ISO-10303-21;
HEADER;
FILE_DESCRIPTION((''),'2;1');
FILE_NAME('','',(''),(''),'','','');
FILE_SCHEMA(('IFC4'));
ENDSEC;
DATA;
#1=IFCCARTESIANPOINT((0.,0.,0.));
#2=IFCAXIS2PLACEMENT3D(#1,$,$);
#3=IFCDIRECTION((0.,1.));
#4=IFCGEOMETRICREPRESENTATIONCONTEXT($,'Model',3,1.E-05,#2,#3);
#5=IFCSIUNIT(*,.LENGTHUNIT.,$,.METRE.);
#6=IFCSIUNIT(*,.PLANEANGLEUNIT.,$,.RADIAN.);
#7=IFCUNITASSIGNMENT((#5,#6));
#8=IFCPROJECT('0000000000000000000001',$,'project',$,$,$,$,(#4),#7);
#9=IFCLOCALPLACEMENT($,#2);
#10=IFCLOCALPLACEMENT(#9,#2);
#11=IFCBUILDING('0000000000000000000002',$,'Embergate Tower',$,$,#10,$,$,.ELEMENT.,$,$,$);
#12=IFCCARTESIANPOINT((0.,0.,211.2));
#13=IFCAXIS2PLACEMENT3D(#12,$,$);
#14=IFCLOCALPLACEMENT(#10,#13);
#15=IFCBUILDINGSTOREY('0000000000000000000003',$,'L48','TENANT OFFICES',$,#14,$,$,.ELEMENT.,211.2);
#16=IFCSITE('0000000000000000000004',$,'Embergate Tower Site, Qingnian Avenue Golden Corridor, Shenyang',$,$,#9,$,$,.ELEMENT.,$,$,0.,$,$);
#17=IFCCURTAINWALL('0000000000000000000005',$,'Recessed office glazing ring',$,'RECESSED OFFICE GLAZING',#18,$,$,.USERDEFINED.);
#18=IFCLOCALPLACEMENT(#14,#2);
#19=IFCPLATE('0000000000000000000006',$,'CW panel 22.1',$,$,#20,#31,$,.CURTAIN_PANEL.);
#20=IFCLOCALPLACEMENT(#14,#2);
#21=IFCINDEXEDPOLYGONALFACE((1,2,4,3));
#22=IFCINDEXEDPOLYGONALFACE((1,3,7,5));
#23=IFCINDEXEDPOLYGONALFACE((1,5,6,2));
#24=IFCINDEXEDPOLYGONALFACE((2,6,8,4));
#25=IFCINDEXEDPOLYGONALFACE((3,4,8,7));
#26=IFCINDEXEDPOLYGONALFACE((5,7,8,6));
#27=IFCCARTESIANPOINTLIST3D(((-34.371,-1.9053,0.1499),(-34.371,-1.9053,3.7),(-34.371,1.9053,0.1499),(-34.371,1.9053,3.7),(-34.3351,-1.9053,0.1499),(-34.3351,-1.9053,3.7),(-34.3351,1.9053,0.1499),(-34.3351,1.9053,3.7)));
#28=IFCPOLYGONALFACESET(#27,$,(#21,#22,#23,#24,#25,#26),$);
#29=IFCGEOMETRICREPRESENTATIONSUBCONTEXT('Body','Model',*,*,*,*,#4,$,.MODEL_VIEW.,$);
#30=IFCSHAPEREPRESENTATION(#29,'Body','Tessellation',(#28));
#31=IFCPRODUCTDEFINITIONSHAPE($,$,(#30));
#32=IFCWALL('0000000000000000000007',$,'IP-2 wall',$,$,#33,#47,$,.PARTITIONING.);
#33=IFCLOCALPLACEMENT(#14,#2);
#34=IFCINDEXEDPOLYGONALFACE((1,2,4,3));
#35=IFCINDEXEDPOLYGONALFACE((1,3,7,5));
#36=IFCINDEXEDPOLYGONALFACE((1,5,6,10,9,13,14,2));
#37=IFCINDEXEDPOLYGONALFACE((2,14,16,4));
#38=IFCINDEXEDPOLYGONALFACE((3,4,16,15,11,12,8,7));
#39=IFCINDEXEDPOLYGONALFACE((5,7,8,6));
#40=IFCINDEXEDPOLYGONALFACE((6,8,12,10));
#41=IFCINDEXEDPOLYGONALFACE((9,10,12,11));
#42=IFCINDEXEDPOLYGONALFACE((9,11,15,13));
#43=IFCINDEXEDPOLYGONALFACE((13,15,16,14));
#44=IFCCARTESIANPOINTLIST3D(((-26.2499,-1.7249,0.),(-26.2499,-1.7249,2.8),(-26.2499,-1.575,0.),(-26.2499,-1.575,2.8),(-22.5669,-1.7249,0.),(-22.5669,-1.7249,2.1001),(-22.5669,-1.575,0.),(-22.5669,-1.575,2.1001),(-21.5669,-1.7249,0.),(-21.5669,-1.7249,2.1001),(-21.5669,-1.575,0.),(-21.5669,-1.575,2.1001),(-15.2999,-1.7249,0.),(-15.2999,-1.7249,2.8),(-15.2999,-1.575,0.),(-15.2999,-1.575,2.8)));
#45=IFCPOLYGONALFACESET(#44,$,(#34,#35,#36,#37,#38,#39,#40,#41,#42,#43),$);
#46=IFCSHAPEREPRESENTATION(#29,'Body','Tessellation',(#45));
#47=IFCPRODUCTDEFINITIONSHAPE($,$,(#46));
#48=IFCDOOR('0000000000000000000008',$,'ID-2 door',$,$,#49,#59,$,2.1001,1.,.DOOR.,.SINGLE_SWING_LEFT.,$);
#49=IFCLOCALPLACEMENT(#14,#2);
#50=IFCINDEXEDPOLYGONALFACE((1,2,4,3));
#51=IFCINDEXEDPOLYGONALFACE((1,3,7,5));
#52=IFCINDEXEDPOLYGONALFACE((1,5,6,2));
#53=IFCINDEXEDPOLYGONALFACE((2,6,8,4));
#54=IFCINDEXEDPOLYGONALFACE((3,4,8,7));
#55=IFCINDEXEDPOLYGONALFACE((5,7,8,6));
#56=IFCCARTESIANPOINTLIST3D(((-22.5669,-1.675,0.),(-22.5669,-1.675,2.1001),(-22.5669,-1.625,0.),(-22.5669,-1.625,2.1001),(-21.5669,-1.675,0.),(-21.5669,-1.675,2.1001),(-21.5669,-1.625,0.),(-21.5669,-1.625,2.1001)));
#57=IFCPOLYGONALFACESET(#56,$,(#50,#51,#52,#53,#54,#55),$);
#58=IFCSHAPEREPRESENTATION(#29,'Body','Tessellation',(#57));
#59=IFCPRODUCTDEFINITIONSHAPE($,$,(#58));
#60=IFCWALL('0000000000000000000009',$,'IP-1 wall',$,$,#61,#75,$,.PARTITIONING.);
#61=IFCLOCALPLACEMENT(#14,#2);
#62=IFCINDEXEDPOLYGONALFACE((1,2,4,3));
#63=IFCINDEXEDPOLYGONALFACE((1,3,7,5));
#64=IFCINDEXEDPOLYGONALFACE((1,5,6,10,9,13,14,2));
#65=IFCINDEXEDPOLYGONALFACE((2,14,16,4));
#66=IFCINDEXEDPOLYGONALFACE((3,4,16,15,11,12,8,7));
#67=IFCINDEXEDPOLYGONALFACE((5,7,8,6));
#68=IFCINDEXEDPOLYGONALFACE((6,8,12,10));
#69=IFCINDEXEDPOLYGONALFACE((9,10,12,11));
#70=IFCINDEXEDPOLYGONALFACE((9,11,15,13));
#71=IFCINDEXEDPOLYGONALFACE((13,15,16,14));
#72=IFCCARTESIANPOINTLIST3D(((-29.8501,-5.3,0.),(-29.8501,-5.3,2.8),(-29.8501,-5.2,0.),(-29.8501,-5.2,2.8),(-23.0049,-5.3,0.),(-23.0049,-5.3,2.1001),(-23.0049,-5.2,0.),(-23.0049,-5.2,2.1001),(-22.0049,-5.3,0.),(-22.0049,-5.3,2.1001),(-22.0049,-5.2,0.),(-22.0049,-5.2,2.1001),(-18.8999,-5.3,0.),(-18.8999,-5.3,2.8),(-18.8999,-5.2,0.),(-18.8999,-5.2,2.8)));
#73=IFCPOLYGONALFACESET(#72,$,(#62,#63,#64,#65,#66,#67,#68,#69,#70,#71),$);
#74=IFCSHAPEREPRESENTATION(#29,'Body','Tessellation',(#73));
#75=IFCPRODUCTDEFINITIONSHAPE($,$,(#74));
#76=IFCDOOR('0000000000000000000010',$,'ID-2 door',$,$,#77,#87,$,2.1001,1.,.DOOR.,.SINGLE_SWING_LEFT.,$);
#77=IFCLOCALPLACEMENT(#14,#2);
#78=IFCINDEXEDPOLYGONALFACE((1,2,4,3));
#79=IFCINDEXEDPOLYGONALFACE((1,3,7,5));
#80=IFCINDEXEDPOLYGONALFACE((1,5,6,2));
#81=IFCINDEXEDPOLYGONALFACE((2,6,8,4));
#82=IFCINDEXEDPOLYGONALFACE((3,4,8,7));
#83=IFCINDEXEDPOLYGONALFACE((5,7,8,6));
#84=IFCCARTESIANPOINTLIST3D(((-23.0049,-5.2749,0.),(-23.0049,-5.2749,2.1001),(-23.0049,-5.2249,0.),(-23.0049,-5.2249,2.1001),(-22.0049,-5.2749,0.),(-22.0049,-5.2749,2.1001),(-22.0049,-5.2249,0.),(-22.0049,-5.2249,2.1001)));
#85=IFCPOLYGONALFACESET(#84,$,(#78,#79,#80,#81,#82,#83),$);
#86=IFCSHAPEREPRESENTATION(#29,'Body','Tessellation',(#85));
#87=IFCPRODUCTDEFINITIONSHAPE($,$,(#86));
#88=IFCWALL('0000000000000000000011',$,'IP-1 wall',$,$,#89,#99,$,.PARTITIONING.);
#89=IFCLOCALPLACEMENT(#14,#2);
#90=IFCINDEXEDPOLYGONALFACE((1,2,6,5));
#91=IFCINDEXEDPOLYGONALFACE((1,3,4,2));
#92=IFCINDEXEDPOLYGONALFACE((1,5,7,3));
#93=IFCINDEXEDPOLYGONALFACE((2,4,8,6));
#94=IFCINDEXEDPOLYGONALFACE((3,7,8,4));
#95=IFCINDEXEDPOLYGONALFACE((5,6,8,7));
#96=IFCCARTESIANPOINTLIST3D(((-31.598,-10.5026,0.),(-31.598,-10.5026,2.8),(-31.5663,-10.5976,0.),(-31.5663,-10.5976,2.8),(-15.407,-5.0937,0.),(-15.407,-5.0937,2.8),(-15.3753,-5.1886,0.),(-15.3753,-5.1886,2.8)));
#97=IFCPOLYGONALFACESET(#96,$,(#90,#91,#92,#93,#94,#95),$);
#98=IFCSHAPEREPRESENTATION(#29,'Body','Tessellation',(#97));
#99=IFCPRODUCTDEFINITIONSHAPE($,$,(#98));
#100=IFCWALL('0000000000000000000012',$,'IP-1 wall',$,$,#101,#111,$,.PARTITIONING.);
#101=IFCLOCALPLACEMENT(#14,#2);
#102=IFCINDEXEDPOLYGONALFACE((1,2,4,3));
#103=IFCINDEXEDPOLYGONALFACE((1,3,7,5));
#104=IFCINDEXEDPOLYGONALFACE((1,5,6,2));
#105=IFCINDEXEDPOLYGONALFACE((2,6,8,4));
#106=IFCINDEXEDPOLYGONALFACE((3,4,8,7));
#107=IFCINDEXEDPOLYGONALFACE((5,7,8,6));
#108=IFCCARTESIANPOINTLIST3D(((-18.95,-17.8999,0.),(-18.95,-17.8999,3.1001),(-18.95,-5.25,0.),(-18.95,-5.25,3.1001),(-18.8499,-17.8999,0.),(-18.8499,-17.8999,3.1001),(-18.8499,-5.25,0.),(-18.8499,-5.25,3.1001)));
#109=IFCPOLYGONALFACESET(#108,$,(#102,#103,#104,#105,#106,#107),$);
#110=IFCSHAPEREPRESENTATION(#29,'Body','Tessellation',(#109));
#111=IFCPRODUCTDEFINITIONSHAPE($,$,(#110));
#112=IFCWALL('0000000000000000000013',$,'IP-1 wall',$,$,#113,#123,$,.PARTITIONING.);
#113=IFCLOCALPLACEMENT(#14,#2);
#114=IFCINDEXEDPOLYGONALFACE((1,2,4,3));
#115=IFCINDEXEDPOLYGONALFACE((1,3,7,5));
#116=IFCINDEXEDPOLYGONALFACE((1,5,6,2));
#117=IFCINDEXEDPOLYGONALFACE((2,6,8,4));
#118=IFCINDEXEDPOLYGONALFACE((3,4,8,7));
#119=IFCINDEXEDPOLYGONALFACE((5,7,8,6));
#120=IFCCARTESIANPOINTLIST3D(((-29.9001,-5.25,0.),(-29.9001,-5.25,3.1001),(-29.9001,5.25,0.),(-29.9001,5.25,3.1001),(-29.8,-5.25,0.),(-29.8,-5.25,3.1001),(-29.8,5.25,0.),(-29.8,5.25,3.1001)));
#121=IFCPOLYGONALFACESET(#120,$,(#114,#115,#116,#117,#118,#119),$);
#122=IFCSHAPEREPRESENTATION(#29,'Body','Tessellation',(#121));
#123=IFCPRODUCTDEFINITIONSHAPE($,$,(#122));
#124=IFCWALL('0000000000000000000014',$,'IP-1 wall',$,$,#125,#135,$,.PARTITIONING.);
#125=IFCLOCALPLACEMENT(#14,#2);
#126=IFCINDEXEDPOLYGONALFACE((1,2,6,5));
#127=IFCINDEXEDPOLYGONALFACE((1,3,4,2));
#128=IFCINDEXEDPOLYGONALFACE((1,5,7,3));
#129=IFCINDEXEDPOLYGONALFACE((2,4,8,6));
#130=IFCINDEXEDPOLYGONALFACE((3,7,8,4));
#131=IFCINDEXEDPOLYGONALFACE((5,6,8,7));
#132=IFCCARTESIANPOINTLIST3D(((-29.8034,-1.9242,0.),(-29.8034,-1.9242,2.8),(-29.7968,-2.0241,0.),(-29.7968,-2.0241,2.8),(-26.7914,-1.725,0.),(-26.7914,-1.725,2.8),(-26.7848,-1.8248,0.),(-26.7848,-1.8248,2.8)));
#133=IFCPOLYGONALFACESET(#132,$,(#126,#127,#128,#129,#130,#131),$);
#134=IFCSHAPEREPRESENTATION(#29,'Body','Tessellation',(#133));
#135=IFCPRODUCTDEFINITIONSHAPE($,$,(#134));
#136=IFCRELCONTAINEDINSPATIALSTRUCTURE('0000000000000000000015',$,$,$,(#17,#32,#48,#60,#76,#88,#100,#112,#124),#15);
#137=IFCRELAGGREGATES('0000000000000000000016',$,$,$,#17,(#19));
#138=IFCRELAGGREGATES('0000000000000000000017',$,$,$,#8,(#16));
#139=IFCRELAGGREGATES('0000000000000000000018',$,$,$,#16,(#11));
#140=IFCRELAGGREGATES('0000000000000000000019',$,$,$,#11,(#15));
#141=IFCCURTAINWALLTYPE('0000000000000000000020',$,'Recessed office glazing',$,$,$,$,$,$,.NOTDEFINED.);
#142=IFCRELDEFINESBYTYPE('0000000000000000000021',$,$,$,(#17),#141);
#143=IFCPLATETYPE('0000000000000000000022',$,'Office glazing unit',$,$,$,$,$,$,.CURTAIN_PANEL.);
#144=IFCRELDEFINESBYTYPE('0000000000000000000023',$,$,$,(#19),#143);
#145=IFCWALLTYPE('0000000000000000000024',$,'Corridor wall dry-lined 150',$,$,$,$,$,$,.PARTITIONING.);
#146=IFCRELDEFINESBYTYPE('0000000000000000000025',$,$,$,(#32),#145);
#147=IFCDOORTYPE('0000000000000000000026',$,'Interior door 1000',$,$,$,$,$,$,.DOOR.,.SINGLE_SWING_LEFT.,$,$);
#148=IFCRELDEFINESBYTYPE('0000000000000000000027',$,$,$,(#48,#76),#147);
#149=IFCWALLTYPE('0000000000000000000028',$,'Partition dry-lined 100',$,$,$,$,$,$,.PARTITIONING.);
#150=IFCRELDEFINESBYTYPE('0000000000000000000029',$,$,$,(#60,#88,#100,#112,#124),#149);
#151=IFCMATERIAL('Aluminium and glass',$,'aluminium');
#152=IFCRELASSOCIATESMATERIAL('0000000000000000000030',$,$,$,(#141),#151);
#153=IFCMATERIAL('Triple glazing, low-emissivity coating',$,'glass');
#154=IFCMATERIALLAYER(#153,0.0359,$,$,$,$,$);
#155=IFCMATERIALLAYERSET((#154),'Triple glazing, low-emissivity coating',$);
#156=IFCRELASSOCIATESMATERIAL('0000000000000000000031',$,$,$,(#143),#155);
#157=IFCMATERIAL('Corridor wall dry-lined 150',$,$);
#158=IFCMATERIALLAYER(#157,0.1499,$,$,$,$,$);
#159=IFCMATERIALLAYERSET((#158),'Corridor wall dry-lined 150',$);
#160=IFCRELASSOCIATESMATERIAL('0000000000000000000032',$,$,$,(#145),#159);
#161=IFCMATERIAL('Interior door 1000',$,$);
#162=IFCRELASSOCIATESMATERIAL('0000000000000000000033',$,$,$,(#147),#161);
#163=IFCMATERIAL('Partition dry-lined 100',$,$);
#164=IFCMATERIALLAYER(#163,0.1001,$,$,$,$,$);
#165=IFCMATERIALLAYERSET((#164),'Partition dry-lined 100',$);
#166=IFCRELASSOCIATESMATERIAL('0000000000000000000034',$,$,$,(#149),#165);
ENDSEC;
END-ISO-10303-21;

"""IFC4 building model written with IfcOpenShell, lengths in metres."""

from ifc_helpers import new_model, si_unit, direction, frame, frame_2d, origin, origin_2d, place, context, subcontext, project, spatial, rectangle, extrude, source, transform, mapped, material, layer, layer_set, type_object, element, fill, aggregate, save


model = new_model("IFC4")

# Units and contexts
model_context = context("Model", 3, precision=1e-05, world=origin(), true_north=direction((0.0, 1.0)))
body_context = subcontext(model_context, "Body", "Model", "MODEL_VIEW")
ifc_project = project(units=[si_unit("LENGTHUNIT", "METRE"), si_unit("PLANEANGLEUNIT", "RADIAN")], contexts=[model_context])

# Site, building, storey
site_placement = place(None, origin())
site = spatial("IfcSite", under=ifc_project, at=site_placement, Name="Embergate Tower Site, Qingnian Avenue Golden Corridor, Shenyang", CompositionType="ELEMENT", RefElevation=0.0)
building_placement = place(site_placement, origin())
building = spatial("IfcBuilding", under=site, at=building_placement, Name="Embergate Tower", CompositionType="ELEMENT")
storey_placement = place(building_placement, frame((0.0, 0.0, 211.2)))
storey = spatial("IfcBuildingStorey", under=building, at=storey_placement, Name="L48", Description="TENANT OFFICES", CompositionType="ELEMENT", Elevation=211.2)

# Curtain wall, plate
ifc_material_1 = material(Name="Aluminium and glass", Category="aluminium")
curtain_wall_type = type_object("IfcCurtainWallType", Name="Recessed office glazing", PredefinedType="NOTDEFINED", material=ifc_material_1)
curtain_wall_placement = place(storey_placement, origin())
curtain_wall = element("IfcCurtainWall", 1, at=curtain_wall_placement, inside=storey, type_object=curtain_wall_type, Name="Recessed office glazing ring", ObjectType="RECESSED OFFICE GLAZING", PredefinedType="USERDEFINED")
ifc_material_2 = material(Name="Triple glazing, low-emissivity coating", Category="glass")
ifc_layer_1 = layer(ifc_material_2, 0.0359)
ifc_layer_set_1 = layer_set([ifc_layer_1], Name="Triple glazing, low-emissivity coating")
plate_type = type_object("IfcPlateType", Name="Office glazing unit", PredefinedType="CURTAIN_PANEL", material=ifc_layer_set_1)
shared_shape_1 = source(origin(), body_context, "Body", "SweptSolid", [
    extrude(rectangle(XDim=3.8105, YDim=0.0359, at=origin_2d()), origin(), (0.0, 0.0, 1.0), 3.55),
])
plate_1_placement = place(storey_placement, frame((-34.353, 0.0, 0.1499), z_axis=(0.0, 0.0, 1.0), x_axis=(0.0, -1.0, 0.0)))
plate_1 = element("IfcPlate", 2, at=plate_1_placement, type_object=plate_type, Name="CW panel 22.1", PredefinedType="CURTAIN_PANEL", context=body_context, shape_type="MappedRepresentation", body=[
    mapped(shared_shape_1, transform((0.0, 0.0, 0.0))),
])
aggregate(curtain_wall, [plate_1])

# Walls, openings, doors
ifc_material_3 = material(Name="Corridor wall dry-lined 150")
ifc_layer_2 = layer(ifc_material_3, 0.1499)
ifc_layer_set_2 = layer_set([ifc_layer_2], Name="Corridor wall dry-lined 150")
wall_type_1 = type_object("IfcWallType", Name="Corridor wall dry-lined 150", PredefinedType="PARTITIONING", material=ifc_layer_set_2)
shared_shape_2 = source(origin(), body_context, "Body", "SweptSolid", [
    extrude(rectangle(XDim=10.95, YDim=0.1499, at=frame_2d((5.4751, 0.0))), origin(), (0.0, 0.0, 1.0), 2.8),
])
wall_1_placement = place(storey_placement, frame((-26.25, -1.6499, 0.0), z_axis=(0.0, 0.0, 1.0), x_axis=(1.0, 0.0, 0.0)))
wall_1 = element("IfcWall", 3, at=wall_1_placement, inside=storey, type_object=wall_type_1, Name="IP-2 wall", PredefinedType="PARTITIONING", context=body_context, shape_type="MappedRepresentation", body=[
    mapped(shared_shape_2, transform((0.0, 0.0, 0.0))),
])
shared_shape_3 = source(origin(), body_context, "Body", "SweptSolid", [
    extrude(rectangle(XDim=1.0, YDim=2.1001, at=frame_2d((0.5, 1.05))), frame((0.0, 0.085, 0.0), z_axis=(0.0, -1.0, 0.0), x_axis=(1.0, 0.0, 0.0)), (0.0, 0.0, 1.0), 0.1699),
])
opening_1_placement = place(wall_1_placement, frame((3.6831, 0.0, 0.0)))
opening_1 = element("IfcOpeningElement", 4, at=opening_1_placement, cuts=wall_1, PredefinedType="OPENING", context=body_context, shape_type="MappedRepresentation", body=[
    mapped(shared_shape_3, transform((0.0, 0.0, 0.0))),
])
ifc_material_4 = material(Name="Interior door 1000")
door_type = type_object("IfcDoorType", Name="Interior door 1000", OperationType="SINGLE_SWING_LEFT", PredefinedType="DOOR", material=ifc_material_4)
shared_shape_4 = source(origin(), body_context, "Body", "SweptSolid", [
    extrude(rectangle(XDim=1.0, YDim=2.1001, at=frame_2d((0.5, 1.05))), frame((0.0, 0.0249, 0.0), z_axis=(0.0, -1.0, 0.0), x_axis=(1.0, 0.0, 0.0)), (0.0, 0.0, 1.0), 0.05),
])
door_1_placement = place(opening_1_placement, origin())
door_1 = element("IfcDoor", 5, at=door_1_placement, inside=storey, type_object=door_type, Name="ID-2 door", OperationType="SINGLE_SWING_LEFT", OverallHeight=2.1001, OverallWidth=1.0, PredefinedType="DOOR", context=body_context, shape_type="MappedRepresentation", body=[
    mapped(shared_shape_4, transform((0.0, 0.0, 0.0))),
])
fill(opening_1, door_1)
ifc_material_5 = material(Name="Partition dry-lined 100")
ifc_layer_3 = layer(ifc_material_5, 0.1001)
ifc_layer_set_3 = layer_set([ifc_layer_3], Name="Partition dry-lined 100")
wall_type_2 = type_object("IfcWallType", Name="Partition dry-lined 100", PredefinedType="PARTITIONING", material=ifc_layer_set_3)
shared_shape_5 = source(origin(), body_context, "Body", "SweptSolid", [
    extrude(rectangle(XDim=10.9502, YDim=0.1001, at=frame_2d((5.4751, 0.0))), origin(), (0.0, 0.0, 1.0), 2.8),
])
wall_2_placement = place(storey_placement, frame((-18.8999, -5.25, 0.0), z_axis=(0.0, 0.0, 1.0), x_axis=(-1.0, 0.0, 0.0)))
wall_2 = element("IfcWall", 6, at=wall_2_placement, inside=storey, type_object=wall_type_2, Name="IP-1 wall", PredefinedType="PARTITIONING", context=body_context, shape_type="MappedRepresentation", body=[
    mapped(shared_shape_5, transform((0.0, 0.0, 0.0))),
])
shared_shape_6 = source(origin(), body_context, "Body", "SweptSolid", [
    extrude(rectangle(XDim=1.0, YDim=2.1001, at=frame_2d((0.5, 1.05))), frame((0.0, 0.0601, 0.0), z_axis=(0.0, -1.0, 0.0), x_axis=(1.0, 0.0, 0.0)), (0.0, 0.0, 1.0), 0.1201),
])
opening_2_placement = place(wall_2_placement, frame((3.105, 0.0, 0.0)))
opening_2 = element("IfcOpeningElement", 7, at=opening_2_placement, cuts=wall_2, PredefinedType="OPENING", context=body_context, shape_type="MappedRepresentation", body=[
    mapped(shared_shape_6, transform((0.0, 0.0, 0.0))),
])
door_2_placement = place(opening_2_placement, origin())
door_2 = element("IfcDoor", 8, at=door_2_placement, inside=storey, type_object=door_type, Name="ID-2 door", OperationType="SINGLE_SWING_LEFT", OverallHeight=2.1001, OverallWidth=1.0, PredefinedType="DOOR", context=body_context, shape_type="MappedRepresentation", body=[
    mapped(shared_shape_4, transform((0.0, 0.0, 0.0))),
])
fill(opening_2, door_2)

# Walls
shared_shape_7 = source(origin(), body_context, "Body", "SweptSolid", [
    extrude(rectangle(XDim=17.0706, YDim=0.1001, at=frame_2d((8.5352, 0.0))), origin(), (0.0, 0.0, 1.0), 2.8),
])
wall_3_placement = place(storey_placement, frame((-31.582, -10.55, 0.0), z_axis=(0.0, 0.0, 1.0), x_axis=(0.948473, 0.316858, 0.0)))
element("IfcWall", 9, at=wall_3_placement, inside=storey, type_object=wall_type_2, Name="IP-1 wall", PredefinedType="PARTITIONING", context=body_context, shape_type="MappedRepresentation", body=[
    mapped(shared_shape_7, transform((0.0, 0.0, 0.0))),
])
shared_shape_8 = source(origin(), body_context, "Body", "SweptSolid", [
    extrude(rectangle(XDim=12.6499, YDim=0.1001, at=frame_2d((6.325, 0.0))), origin(), (0.0, 0.0, 1.0), 3.1001),
])
wall_4_placement = place(storey_placement, frame((-18.8999, -5.25, 0.0), z_axis=(0.0, 0.0, 1.0), x_axis=(0.0, -1.0, 0.0)))
element("IfcWall", 10, at=wall_4_placement, inside=storey, type_object=wall_type_2, Name="IP-1 wall", PredefinedType="PARTITIONING", context=body_context, shape_type="MappedRepresentation", body=[
    mapped(shared_shape_8, transform((0.0, 0.0, 0.0))),
])
shared_shape_9 = source(origin(), body_context, "Body", "SweptSolid", [
    extrude(rectangle(XDim=10.5, YDim=0.1001, at=frame_2d((5.25, 0.0))), origin(), (0.0, 0.0, 1.0), 3.1001),
])
wall_5_placement = place(storey_placement, frame((-29.8501, -5.25, 0.0), z_axis=(0.0, 0.0, 1.0), x_axis=(0.0, 1.0, 0.0)))
element("IfcWall", 11, at=wall_5_placement, inside=storey, type_object=wall_type_2, Name="IP-1 wall", PredefinedType="PARTITIONING", context=body_context, shape_type="MappedRepresentation", body=[
    mapped(shared_shape_9, transform((0.0, 0.0, 0.0))),
])
shared_shape_10 = source(origin(), body_context, "Body", "SweptSolid", [
    extrude(rectangle(XDim=3.0186, YDim=0.1001, at=frame_2d((1.5093, 0.0))), origin(), (0.0, 0.0, 1.0), 2.8),
])
wall_6_placement = place(storey_placement, frame((-26.7881, -1.7749, 0.0), z_axis=(0.0, 0.0, 1.0), x_axis=(-0.99782, -0.065998, 0.0)))
element("IfcWall", 12, at=wall_6_placement, inside=storey, type_object=wall_type_2, Name="IP-1 wall", PredefinedType="PARTITIONING", context=body_context, shape_type="MappedRepresentation", body=[
    mapped(shared_shape_10, transform((0.0, 0.0, 0.0))),
])

save(model, "model.ifc")
